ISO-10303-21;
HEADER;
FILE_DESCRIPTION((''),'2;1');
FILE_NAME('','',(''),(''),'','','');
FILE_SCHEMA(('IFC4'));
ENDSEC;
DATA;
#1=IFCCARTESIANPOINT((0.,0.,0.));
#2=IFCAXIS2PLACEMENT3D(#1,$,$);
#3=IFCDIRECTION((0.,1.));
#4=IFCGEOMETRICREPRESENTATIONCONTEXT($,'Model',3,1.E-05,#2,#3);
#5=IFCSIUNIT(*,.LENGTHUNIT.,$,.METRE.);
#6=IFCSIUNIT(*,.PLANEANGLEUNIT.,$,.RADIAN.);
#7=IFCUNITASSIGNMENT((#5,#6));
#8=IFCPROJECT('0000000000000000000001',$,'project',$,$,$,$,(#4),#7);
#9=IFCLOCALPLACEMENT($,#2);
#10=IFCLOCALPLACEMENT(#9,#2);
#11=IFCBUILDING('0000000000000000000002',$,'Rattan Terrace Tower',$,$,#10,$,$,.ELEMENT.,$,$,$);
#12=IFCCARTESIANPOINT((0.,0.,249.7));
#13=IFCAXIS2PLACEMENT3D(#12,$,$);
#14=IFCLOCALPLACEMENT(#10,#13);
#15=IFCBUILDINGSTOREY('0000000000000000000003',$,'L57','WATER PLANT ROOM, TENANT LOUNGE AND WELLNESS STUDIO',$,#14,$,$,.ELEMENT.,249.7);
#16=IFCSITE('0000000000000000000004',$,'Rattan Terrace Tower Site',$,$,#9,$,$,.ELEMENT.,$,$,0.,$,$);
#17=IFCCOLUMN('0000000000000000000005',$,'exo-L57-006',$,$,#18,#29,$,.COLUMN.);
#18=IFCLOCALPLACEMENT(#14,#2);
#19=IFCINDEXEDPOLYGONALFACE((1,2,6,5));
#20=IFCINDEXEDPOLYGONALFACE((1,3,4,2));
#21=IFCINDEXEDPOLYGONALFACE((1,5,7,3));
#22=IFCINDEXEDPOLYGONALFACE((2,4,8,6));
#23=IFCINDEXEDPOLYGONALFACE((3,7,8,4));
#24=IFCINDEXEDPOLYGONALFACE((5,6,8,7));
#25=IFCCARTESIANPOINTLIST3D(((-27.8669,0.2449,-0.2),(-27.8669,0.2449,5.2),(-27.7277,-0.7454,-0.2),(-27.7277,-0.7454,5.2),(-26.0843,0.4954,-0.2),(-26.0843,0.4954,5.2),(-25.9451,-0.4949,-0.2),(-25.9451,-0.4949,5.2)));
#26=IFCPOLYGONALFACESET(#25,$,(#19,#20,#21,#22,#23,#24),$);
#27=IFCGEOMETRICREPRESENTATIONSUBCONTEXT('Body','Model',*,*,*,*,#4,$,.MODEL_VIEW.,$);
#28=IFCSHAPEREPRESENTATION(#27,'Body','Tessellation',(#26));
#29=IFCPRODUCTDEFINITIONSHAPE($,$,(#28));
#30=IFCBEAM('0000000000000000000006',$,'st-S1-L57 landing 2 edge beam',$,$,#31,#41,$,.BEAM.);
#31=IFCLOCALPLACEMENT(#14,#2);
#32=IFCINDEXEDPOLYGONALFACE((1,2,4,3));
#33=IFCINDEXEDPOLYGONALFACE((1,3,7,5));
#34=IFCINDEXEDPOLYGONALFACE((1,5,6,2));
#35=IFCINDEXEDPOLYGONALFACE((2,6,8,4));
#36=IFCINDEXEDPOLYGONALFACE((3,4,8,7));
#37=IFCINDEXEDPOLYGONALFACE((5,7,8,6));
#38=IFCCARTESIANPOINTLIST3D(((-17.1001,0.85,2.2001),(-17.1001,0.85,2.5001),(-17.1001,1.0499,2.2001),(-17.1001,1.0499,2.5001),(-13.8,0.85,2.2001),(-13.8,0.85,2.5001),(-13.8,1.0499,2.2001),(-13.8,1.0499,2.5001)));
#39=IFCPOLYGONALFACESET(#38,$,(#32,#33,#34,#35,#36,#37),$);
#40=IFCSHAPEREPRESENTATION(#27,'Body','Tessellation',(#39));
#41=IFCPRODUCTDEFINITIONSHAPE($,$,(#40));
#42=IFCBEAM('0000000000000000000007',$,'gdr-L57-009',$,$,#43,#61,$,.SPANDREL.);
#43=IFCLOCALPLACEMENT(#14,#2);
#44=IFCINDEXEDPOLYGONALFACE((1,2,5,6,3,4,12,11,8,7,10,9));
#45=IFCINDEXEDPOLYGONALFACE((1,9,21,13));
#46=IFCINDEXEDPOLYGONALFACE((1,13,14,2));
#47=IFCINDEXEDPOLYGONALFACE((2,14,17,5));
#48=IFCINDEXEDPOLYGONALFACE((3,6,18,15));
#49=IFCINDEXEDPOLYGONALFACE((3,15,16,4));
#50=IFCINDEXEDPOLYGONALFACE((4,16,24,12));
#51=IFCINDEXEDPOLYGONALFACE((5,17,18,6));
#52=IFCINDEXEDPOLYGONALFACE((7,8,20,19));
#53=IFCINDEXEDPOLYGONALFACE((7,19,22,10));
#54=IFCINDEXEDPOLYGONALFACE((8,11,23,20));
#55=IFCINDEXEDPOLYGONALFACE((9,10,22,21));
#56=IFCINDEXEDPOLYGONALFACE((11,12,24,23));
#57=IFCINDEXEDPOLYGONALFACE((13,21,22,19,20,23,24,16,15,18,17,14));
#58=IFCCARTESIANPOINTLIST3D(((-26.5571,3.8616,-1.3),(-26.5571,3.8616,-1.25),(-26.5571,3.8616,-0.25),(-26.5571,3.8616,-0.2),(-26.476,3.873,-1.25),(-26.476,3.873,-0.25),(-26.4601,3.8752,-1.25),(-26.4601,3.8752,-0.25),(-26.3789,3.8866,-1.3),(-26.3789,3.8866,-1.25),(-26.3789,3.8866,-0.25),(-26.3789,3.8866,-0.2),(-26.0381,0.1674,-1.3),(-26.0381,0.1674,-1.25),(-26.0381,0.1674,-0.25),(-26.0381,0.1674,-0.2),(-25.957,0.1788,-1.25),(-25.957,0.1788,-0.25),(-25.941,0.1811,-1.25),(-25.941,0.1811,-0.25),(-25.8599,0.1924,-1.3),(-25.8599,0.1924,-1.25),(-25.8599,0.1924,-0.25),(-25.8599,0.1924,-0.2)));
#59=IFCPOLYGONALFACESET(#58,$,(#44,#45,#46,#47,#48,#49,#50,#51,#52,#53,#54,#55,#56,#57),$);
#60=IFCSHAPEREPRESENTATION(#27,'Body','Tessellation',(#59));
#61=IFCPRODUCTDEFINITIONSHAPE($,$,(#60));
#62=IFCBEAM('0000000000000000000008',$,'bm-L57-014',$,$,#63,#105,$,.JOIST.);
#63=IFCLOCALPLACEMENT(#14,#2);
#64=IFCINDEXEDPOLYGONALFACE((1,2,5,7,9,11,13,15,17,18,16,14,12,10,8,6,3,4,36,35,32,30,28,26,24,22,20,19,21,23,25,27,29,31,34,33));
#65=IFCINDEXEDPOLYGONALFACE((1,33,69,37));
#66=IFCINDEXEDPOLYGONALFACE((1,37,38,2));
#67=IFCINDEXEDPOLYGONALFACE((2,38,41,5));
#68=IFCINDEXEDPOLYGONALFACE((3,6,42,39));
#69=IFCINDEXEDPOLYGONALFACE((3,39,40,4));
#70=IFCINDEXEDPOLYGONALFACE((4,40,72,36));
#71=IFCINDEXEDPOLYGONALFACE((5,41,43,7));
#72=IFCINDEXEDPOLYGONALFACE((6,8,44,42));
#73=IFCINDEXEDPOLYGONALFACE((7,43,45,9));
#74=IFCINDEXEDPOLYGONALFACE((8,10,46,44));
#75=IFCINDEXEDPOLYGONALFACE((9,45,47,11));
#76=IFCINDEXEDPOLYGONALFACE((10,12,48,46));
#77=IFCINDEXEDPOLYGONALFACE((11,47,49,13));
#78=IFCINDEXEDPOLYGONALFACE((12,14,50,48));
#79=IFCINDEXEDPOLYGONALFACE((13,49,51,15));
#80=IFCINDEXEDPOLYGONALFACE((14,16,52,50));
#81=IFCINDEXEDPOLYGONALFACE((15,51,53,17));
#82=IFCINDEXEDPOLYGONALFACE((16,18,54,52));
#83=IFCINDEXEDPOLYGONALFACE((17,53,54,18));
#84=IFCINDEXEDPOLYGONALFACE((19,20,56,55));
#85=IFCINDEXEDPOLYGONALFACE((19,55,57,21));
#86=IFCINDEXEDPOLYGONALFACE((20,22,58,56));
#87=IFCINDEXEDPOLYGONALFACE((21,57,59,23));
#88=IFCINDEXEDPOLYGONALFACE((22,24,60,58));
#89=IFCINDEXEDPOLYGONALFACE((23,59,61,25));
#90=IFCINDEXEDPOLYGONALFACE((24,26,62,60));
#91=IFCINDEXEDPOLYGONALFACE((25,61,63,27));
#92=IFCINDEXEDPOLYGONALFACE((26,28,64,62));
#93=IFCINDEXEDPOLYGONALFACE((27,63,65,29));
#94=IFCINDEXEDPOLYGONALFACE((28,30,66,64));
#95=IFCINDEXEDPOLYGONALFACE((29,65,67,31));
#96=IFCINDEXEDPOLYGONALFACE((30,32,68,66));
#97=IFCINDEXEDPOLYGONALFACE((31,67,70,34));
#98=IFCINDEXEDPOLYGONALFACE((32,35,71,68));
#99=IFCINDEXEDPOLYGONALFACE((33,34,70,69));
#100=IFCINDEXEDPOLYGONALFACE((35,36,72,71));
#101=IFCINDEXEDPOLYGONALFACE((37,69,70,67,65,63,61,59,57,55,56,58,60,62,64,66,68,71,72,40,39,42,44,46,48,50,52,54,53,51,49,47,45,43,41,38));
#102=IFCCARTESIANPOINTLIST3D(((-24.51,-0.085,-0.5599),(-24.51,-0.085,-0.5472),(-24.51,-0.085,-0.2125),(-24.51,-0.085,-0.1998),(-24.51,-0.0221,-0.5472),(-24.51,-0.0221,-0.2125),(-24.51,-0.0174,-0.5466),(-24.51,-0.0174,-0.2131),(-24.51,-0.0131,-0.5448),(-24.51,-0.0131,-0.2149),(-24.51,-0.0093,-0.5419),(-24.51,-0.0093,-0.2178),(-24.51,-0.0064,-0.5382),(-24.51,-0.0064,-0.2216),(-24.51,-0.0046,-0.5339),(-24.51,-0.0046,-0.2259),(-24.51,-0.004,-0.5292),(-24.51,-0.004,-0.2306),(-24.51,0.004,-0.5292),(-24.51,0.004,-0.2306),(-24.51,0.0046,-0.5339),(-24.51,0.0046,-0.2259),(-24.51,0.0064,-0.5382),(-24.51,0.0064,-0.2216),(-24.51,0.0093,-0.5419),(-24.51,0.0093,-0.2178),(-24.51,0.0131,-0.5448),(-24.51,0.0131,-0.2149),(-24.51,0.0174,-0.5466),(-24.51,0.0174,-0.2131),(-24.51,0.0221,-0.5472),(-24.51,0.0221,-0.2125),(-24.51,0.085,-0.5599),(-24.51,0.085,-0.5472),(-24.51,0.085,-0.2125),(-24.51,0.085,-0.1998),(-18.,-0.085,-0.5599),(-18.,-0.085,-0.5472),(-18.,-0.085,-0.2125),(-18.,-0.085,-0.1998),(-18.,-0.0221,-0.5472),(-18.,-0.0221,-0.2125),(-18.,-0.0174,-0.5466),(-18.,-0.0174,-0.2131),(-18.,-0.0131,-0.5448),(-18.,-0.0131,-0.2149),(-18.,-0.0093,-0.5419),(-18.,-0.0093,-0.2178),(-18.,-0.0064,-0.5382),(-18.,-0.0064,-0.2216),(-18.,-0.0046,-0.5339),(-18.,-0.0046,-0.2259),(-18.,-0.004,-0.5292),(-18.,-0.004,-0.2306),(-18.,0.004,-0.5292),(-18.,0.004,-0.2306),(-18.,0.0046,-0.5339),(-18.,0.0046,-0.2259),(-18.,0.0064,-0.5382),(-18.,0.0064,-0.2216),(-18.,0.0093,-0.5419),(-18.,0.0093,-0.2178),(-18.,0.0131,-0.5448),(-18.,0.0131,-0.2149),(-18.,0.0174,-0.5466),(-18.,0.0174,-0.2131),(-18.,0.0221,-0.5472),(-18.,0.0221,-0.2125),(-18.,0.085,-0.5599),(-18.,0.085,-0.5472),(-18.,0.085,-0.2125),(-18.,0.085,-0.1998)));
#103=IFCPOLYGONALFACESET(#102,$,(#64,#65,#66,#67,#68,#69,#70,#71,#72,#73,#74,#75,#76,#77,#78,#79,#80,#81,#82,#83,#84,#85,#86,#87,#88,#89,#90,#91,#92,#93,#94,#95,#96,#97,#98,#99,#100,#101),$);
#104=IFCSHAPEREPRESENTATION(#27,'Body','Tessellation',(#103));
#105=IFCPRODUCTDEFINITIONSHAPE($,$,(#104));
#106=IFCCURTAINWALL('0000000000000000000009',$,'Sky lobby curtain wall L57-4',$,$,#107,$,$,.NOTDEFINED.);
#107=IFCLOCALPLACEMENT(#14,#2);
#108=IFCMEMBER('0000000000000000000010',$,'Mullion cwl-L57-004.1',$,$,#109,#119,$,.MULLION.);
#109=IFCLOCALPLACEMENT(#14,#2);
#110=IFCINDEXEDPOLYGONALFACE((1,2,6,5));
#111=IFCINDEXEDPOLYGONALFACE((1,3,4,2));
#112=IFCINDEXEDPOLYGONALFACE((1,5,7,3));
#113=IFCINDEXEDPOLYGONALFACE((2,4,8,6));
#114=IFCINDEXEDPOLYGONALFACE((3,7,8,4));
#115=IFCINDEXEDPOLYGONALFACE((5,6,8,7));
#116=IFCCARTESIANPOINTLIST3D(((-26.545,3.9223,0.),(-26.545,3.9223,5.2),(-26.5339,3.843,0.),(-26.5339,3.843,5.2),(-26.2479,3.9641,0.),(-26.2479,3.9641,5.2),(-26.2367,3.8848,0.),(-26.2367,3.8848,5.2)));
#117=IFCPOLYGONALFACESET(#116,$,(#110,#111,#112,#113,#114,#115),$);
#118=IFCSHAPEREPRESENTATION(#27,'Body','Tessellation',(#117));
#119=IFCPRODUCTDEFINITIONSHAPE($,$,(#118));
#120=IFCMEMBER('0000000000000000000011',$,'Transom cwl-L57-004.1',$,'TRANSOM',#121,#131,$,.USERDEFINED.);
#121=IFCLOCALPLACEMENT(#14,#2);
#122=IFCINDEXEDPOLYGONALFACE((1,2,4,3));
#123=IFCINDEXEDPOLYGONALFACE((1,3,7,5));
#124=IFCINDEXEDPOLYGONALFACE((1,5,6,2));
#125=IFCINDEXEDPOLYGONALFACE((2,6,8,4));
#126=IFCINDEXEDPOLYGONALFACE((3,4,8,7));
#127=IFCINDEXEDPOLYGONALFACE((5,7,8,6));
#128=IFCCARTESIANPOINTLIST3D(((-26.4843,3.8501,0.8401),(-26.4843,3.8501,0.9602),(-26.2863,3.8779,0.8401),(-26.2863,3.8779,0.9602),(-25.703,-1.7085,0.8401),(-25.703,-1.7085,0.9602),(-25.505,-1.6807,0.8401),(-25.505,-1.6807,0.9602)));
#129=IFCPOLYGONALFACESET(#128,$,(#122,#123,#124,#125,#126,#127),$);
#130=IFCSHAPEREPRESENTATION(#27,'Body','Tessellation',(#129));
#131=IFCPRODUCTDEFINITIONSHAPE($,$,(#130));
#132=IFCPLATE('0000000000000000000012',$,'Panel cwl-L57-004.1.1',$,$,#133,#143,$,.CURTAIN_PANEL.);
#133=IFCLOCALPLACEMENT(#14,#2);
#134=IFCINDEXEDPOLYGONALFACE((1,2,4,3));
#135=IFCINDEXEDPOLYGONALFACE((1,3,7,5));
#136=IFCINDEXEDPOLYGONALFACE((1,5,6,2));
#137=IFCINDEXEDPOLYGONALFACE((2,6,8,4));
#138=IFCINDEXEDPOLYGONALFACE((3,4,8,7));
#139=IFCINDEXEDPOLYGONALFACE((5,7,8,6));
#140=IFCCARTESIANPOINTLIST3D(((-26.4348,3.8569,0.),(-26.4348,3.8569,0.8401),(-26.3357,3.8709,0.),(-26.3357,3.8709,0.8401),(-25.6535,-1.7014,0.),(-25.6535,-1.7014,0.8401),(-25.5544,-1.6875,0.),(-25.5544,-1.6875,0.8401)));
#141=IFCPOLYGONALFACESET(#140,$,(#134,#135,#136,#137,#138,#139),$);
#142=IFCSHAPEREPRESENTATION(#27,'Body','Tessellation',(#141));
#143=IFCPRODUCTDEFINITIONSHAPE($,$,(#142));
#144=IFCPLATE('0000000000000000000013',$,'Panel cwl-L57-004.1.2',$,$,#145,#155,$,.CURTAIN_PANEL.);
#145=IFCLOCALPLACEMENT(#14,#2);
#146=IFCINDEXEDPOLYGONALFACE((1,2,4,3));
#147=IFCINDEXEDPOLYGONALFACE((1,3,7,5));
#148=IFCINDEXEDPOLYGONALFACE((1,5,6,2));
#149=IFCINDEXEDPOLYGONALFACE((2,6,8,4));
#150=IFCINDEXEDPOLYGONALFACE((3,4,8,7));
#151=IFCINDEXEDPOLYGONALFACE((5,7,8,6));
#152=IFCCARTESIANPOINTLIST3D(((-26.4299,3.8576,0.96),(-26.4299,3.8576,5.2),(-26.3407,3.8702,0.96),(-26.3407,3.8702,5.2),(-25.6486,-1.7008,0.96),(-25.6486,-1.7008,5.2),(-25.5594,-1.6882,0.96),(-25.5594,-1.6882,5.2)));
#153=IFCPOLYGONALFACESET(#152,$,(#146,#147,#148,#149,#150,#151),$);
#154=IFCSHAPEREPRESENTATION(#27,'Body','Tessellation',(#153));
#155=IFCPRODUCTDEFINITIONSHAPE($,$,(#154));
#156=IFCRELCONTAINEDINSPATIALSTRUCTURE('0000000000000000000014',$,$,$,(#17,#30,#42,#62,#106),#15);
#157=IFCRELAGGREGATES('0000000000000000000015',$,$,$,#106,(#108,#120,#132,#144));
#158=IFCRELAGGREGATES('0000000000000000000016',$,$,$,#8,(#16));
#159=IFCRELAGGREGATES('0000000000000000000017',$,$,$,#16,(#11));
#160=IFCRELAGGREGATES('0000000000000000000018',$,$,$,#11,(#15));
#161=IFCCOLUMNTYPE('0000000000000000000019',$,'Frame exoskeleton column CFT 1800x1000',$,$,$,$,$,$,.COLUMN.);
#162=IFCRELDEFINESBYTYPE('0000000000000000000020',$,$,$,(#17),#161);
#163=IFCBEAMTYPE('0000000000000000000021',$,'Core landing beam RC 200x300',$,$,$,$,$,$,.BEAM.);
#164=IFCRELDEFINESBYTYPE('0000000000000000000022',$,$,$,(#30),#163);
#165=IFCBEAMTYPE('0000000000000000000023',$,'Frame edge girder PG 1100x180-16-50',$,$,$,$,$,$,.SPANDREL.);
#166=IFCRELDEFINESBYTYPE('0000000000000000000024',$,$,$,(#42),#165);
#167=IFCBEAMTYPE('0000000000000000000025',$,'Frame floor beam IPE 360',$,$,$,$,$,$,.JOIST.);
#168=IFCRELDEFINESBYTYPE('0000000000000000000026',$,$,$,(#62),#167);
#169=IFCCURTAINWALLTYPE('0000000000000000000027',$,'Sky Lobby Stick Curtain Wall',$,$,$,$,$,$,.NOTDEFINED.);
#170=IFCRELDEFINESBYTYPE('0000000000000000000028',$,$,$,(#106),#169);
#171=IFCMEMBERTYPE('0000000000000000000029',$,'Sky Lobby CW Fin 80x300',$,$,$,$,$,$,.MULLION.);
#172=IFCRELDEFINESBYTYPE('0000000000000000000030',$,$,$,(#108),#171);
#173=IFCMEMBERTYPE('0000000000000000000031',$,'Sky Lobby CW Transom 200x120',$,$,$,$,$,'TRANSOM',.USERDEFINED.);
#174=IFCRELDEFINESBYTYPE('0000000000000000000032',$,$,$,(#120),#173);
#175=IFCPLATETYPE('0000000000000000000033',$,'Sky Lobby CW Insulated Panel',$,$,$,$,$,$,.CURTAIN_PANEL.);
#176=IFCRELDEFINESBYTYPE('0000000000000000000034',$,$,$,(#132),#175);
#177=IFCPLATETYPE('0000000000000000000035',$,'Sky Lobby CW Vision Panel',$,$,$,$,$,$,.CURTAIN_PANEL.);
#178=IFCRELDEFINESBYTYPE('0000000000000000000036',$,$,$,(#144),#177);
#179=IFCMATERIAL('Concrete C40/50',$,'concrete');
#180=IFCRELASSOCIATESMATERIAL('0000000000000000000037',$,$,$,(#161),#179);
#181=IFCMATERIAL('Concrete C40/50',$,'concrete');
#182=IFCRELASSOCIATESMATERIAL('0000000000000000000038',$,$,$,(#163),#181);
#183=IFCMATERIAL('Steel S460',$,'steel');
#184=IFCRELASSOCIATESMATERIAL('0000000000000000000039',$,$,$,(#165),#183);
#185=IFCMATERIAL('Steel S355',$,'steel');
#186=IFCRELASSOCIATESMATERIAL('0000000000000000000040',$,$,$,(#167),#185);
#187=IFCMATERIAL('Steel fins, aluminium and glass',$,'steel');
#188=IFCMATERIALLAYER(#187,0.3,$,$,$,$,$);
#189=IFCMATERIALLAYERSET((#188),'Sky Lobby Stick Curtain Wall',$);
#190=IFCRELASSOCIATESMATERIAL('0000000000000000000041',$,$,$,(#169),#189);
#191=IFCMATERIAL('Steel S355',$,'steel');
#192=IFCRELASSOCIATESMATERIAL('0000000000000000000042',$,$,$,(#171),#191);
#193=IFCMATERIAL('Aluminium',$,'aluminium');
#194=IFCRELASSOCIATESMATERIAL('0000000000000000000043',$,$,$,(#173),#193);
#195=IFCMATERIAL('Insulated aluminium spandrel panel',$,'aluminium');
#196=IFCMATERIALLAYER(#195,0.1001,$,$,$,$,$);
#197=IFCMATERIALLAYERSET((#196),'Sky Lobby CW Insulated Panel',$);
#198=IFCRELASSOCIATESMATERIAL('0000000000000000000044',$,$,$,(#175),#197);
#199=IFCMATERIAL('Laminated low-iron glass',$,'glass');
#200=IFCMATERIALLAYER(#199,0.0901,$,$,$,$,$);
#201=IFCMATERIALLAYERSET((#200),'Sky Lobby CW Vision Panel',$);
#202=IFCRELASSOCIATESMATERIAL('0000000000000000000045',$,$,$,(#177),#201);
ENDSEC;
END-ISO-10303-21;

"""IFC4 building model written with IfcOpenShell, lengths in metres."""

from ifc_helpers import new_model, si_unit, direction, frame, origin, origin_2d, place, context, subcontext, project, spatial, rectangle, i_section, extrude, material, layer, layer_set, material_profile, profile_set, type_object, element, aggregate, save


model = new_model("IFC4")

# Units and contexts
model_context = context("Model", 3, precision=1e-05, world=origin(), true_north=direction((0.0, 1.0)))
body_context = subcontext(model_context, "Body", "Model", "MODEL_VIEW")
ifc_project = project(units=[si_unit("LENGTHUNIT", "METRE"), si_unit("PLANEANGLEUNIT", "RADIAN")], contexts=[model_context])

# Site, building, storey
site_placement = place(None, origin())
site = spatial("IfcSite", under=ifc_project, at=site_placement, Name="Rattan Terrace Tower Site", CompositionType="ELEMENT", RefElevation=0.0)
building_placement = place(site_placement, origin())
building = spatial("IfcBuilding", under=site, at=building_placement, Name="Rattan Terrace Tower", CompositionType="ELEMENT")
storey_placement = place(building_placement, frame((0.0, 0.0, 249.7)))
storey = spatial("IfcBuildingStorey", under=building, at=storey_placement, Name="L57", Description="WATER PLANT ROOM, TENANT LOUNGE AND WELLNESS STUDIO", CompositionType="ELEMENT", Elevation=249.7)

# Column
ifc_material_1 = material(Name="Concrete C40/50", Category="concrete")
ifc_material_profile_1 = material_profile(ifc_material_1, rectangle(XDim=1.0, YDim=1.8, at=origin_2d()), Name="CFT 1800x1000")
ifc_profile_set_1 = profile_set([ifc_material_profile_1], Name="Concrete C40/50")
column_type = type_object("IfcColumnType", Name="Frame exoskeleton column CFT 1800x1000", PredefinedType="COLUMN", material=ifc_profile_set_1)
column_placement = place(storey_placement, frame((-26.906, -0.125, -0.2), z_axis=(0.0, 0.0, 1.0), x_axis=(-0.13919, 0.990266, 0.0)))
element("IfcColumn", 1, at=column_placement, inside=storey, type_object=column_type, Name="exo-L57-006", PredefinedType="COLUMN", context=body_context, shape_type="SweptSolid", body=[
    extrude(rectangle(XDim=1.0, YDim=1.8, at=origin_2d()), origin(), (0.0, 0.0, 1.0), 5.3999),
])

# Beams
ifc_material_2 = material(Name="Concrete C40/50", Category="concrete")
ifc_material_profile_2 = material_profile(ifc_material_2, rectangle(XDim=0.2, YDim=0.3, at=origin_2d()), Name="RC 200x300")
ifc_profile_set_2 = profile_set([ifc_material_profile_2], Name="Concrete C40/50")
beam_type_1 = type_object("IfcBeamType", Name="Core landing beam RC 200x300", PredefinedType="BEAM", material=ifc_profile_set_2)
beam_1_placement = place(storey_placement, frame((-17.1001, 0.95, 2.3501), z_axis=(1.0, 0.0, 0.0), x_axis=(0.0, 1.0, 0.0)))
element("IfcBeam", 2, at=beam_1_placement, inside=storey, type_object=beam_type_1, Name="st-S1-L57 landing 2 edge beam", PredefinedType="BEAM", context=body_context, shape_type="SweptSolid", body=[
    extrude(rectangle(XDim=0.2, YDim=0.3, at=origin_2d()), origin(), (0.0, 0.0, 1.0), 3.3),
])
ifc_material_3 = material(Name="Steel S460", Category="steel")
ifc_material_profile_3 = material_profile(ifc_material_3, i_section(OverallWidth=0.1799, OverallDepth=1.1001, WebThickness=0.0161, FlangeThickness=0.05, at=origin_2d()), Name="PG 1100x180-16-50")
ifc_profile_set_3 = profile_set([ifc_material_profile_3], Name="Steel S460")
beam_type_2 = type_object("IfcBeamType", Name="Frame edge girder PG 1100x180-16-50", PredefinedType="SPANDREL", material=ifc_profile_set_3)
beam_2_placement = place(storey_placement, frame((-25.949, 0.1799, -0.75), z_axis=(-0.13914, 0.990273, 0.0), x_axis=(-0.990273, -0.13914, 0.0)))
element("IfcBeam", 3, at=beam_2_placement, inside=storey, type_object=beam_type_2, Name="gdr-L57-009", PredefinedType="SPANDREL", context=body_context, shape_type="SweptSolid", body=[
    extrude(i_section(OverallWidth=0.1799, OverallDepth=1.1001, WebThickness=0.0161, FlangeThickness=0.05, at=origin_2d()), origin(), (0.0, 0.0, 1.0), 3.7305),
])
ifc_material_4 = material(Name="Steel S355", Category="steel")
ifc_material_profile_4 = material_profile(ifc_material_4, i_section(OverallWidth=0.1699, OverallDepth=0.3601, WebThickness=0.0081, FlangeThickness=0.0127, FilletRadius=0.0181, at=origin_2d()), Name="IPE 360")
ifc_profile_set_4 = profile_set([ifc_material_profile_4], Name="Steel S355")
beam_type_3 = type_object("IfcBeamType", Name="Frame floor beam IPE 360", PredefinedType="JOIST", material=ifc_profile_set_4)
beam_3_placement = place(storey_placement, frame((-24.51, 0.0, -0.3799), z_axis=(1.0, 0.0, 0.0), x_axis=(0.0, 1.0, 0.0)))
element("IfcBeam", 4, at=beam_3_placement, inside=storey, type_object=beam_type_3, Name="bm-L57-014", PredefinedType="JOIST", context=body_context, shape_type="SweptSolid", body=[
    extrude(i_section(OverallWidth=0.1699, OverallDepth=0.3601, WebThickness=0.0081, FlangeThickness=0.0127, FilletRadius=0.0181, at=origin_2d()), origin(), (0.0, 0.0, 1.0), 6.51),
])

# Curtain wall, members, plates
ifc_material_5 = material(Name="Steel fins, aluminium and glass", Category="steel")
ifc_layer_1 = layer(ifc_material_5, 0.3)
ifc_layer_set_1 = layer_set([ifc_layer_1], Name="Sky Lobby Stick Curtain Wall")
curtain_wall_type = type_object("IfcCurtainWallType", Name="Sky Lobby Stick Curtain Wall", PredefinedType="NOTDEFINED", material=ifc_layer_set_1)
curtain_wall_placement = place(storey_placement, origin())
curtain_wall = element("IfcCurtainWall", 5, at=curtain_wall_placement, inside=storey, type_object=curtain_wall_type, Name="Sky lobby curtain wall L57-4", PredefinedType="NOTDEFINED")
ifc_material_6 = material(Name="Steel S355", Category="steel")
ifc_material_profile_5 = material_profile(ifc_material_6, rectangle(XDim=0.0801, YDim=0.3, at=origin_2d()), Name="Steel S355 80x300")
ifc_profile_set_5 = profile_set([ifc_material_profile_5], Name="Steel S355")
member_type_1 = type_object("IfcMemberType", Name="Sky Lobby CW Fin 80x300", PredefinedType="MULLION", material=ifc_profile_set_5)
member_1_placement = place(storey_placement, frame((-26.3909, 3.9036, 0.0), z_axis=(0.0, 0.0, 1.0), x_axis=(0.139192, -0.990265, 0.0)))
member_1 = element("IfcMember", 6, at=member_1_placement, type_object=member_type_1, Name="Mullion cwl-L57-004.1", PredefinedType="MULLION", context=body_context, shape_type="SweptSolid", body=[
    extrude(rectangle(XDim=0.0801, YDim=0.3, at=origin_2d()), origin(), (0.0, 0.0, 1.0), 5.2),
])
ifc_material_7 = material(Name="Aluminium", Category="aluminium")
ifc_material_profile_6 = material_profile(ifc_material_7, rectangle(XDim=0.2, YDim=0.1201, at=origin_2d()), Name="Aluminium 200x120")
ifc_profile_set_6 = profile_set([ifc_material_profile_6], Name="Aluminium")
member_type_2 = type_object("IfcMemberType", Name="Sky Lobby CW Transom 200x120", ElementType="TRANSOM", PredefinedType="USERDEFINED", material=ifc_profile_set_6)
member_2_placement = place(storey_placement, frame((-26.3853, 3.864, 0.9001), z_axis=(0.13918, -0.990267, 0.0), x_axis=(0.990267, 0.13918, 0.0)))
member_2 = element("IfcMember", 7, at=member_2_placement, type_object=member_type_2, Name="Transom cwl-L57-004.1", ObjectType="TRANSOM", PredefinedType="USERDEFINED", context=body_context, shape_type="SweptSolid", body=[
    extrude(rectangle(XDim=0.2, YDim=0.1201, at=origin_2d()), origin(), (0.0, 0.0, 1.0), 5.6133),
])
ifc_material_8 = material(Name="Insulated aluminium spandrel panel", Category="aluminium")
ifc_layer_2 = layer(ifc_material_8, 0.1001)
ifc_layer_set_2 = layer_set([ifc_layer_2], Name="Sky Lobby CW Insulated Panel")
plate_type_1 = type_object("IfcPlateType", Name="Sky Lobby CW Insulated Panel", PredefinedType="CURTAIN_PANEL", material=ifc_layer_set_2)
plate_1_placement = place(storey_placement, frame((-25.9946, 1.0847, 0.0), z_axis=(0.0, 0.0, 1.0), x_axis=(0.139192, -0.990265, 0.0)))
plate_1 = element("IfcPlate", 8, at=plate_1_placement, type_object=plate_type_1, Name="Panel cwl-L57-004.1.1", PredefinedType="CURTAIN_PANEL", context=body_context, shape_type="SweptSolid", body=[
    extrude(rectangle(XDim=5.613, YDim=0.1001, at=origin_2d()), origin(), (0.0, 0.0, 1.0), 0.8401),
])
ifc_material_9 = material(Name="Laminated low-iron glass", Category="glass")
ifc_layer_3 = layer(ifc_material_9, 0.0901)
ifc_layer_set_3 = layer_set([ifc_layer_3], Name="Sky Lobby CW Vision Panel")
plate_type_2 = type_object("IfcPlateType", Name="Sky Lobby CW Vision Panel", PredefinedType="CURTAIN_PANEL", material=ifc_layer_set_3)
plate_2_placement = place(storey_placement, frame((-25.9946, 1.0847, 0.96), z_axis=(0.0, 0.0, 1.0), x_axis=(0.139192, -0.990265, 0.0)))
plate_2 = element("IfcPlate", 9, at=plate_2_placement, type_object=plate_type_2, Name="Panel cwl-L57-004.1.2", PredefinedType="CURTAIN_PANEL", context=body_context, shape_type="SweptSolid", body=[
    extrude(rectangle(XDim=5.613, YDim=0.0901, at=origin_2d()), origin(), (0.0, 0.0, 1.0), 4.24),
])
aggregate(curtain_wall, [member_1, member_2, plate_1, plate_2])

save(model, "model.ifc")
